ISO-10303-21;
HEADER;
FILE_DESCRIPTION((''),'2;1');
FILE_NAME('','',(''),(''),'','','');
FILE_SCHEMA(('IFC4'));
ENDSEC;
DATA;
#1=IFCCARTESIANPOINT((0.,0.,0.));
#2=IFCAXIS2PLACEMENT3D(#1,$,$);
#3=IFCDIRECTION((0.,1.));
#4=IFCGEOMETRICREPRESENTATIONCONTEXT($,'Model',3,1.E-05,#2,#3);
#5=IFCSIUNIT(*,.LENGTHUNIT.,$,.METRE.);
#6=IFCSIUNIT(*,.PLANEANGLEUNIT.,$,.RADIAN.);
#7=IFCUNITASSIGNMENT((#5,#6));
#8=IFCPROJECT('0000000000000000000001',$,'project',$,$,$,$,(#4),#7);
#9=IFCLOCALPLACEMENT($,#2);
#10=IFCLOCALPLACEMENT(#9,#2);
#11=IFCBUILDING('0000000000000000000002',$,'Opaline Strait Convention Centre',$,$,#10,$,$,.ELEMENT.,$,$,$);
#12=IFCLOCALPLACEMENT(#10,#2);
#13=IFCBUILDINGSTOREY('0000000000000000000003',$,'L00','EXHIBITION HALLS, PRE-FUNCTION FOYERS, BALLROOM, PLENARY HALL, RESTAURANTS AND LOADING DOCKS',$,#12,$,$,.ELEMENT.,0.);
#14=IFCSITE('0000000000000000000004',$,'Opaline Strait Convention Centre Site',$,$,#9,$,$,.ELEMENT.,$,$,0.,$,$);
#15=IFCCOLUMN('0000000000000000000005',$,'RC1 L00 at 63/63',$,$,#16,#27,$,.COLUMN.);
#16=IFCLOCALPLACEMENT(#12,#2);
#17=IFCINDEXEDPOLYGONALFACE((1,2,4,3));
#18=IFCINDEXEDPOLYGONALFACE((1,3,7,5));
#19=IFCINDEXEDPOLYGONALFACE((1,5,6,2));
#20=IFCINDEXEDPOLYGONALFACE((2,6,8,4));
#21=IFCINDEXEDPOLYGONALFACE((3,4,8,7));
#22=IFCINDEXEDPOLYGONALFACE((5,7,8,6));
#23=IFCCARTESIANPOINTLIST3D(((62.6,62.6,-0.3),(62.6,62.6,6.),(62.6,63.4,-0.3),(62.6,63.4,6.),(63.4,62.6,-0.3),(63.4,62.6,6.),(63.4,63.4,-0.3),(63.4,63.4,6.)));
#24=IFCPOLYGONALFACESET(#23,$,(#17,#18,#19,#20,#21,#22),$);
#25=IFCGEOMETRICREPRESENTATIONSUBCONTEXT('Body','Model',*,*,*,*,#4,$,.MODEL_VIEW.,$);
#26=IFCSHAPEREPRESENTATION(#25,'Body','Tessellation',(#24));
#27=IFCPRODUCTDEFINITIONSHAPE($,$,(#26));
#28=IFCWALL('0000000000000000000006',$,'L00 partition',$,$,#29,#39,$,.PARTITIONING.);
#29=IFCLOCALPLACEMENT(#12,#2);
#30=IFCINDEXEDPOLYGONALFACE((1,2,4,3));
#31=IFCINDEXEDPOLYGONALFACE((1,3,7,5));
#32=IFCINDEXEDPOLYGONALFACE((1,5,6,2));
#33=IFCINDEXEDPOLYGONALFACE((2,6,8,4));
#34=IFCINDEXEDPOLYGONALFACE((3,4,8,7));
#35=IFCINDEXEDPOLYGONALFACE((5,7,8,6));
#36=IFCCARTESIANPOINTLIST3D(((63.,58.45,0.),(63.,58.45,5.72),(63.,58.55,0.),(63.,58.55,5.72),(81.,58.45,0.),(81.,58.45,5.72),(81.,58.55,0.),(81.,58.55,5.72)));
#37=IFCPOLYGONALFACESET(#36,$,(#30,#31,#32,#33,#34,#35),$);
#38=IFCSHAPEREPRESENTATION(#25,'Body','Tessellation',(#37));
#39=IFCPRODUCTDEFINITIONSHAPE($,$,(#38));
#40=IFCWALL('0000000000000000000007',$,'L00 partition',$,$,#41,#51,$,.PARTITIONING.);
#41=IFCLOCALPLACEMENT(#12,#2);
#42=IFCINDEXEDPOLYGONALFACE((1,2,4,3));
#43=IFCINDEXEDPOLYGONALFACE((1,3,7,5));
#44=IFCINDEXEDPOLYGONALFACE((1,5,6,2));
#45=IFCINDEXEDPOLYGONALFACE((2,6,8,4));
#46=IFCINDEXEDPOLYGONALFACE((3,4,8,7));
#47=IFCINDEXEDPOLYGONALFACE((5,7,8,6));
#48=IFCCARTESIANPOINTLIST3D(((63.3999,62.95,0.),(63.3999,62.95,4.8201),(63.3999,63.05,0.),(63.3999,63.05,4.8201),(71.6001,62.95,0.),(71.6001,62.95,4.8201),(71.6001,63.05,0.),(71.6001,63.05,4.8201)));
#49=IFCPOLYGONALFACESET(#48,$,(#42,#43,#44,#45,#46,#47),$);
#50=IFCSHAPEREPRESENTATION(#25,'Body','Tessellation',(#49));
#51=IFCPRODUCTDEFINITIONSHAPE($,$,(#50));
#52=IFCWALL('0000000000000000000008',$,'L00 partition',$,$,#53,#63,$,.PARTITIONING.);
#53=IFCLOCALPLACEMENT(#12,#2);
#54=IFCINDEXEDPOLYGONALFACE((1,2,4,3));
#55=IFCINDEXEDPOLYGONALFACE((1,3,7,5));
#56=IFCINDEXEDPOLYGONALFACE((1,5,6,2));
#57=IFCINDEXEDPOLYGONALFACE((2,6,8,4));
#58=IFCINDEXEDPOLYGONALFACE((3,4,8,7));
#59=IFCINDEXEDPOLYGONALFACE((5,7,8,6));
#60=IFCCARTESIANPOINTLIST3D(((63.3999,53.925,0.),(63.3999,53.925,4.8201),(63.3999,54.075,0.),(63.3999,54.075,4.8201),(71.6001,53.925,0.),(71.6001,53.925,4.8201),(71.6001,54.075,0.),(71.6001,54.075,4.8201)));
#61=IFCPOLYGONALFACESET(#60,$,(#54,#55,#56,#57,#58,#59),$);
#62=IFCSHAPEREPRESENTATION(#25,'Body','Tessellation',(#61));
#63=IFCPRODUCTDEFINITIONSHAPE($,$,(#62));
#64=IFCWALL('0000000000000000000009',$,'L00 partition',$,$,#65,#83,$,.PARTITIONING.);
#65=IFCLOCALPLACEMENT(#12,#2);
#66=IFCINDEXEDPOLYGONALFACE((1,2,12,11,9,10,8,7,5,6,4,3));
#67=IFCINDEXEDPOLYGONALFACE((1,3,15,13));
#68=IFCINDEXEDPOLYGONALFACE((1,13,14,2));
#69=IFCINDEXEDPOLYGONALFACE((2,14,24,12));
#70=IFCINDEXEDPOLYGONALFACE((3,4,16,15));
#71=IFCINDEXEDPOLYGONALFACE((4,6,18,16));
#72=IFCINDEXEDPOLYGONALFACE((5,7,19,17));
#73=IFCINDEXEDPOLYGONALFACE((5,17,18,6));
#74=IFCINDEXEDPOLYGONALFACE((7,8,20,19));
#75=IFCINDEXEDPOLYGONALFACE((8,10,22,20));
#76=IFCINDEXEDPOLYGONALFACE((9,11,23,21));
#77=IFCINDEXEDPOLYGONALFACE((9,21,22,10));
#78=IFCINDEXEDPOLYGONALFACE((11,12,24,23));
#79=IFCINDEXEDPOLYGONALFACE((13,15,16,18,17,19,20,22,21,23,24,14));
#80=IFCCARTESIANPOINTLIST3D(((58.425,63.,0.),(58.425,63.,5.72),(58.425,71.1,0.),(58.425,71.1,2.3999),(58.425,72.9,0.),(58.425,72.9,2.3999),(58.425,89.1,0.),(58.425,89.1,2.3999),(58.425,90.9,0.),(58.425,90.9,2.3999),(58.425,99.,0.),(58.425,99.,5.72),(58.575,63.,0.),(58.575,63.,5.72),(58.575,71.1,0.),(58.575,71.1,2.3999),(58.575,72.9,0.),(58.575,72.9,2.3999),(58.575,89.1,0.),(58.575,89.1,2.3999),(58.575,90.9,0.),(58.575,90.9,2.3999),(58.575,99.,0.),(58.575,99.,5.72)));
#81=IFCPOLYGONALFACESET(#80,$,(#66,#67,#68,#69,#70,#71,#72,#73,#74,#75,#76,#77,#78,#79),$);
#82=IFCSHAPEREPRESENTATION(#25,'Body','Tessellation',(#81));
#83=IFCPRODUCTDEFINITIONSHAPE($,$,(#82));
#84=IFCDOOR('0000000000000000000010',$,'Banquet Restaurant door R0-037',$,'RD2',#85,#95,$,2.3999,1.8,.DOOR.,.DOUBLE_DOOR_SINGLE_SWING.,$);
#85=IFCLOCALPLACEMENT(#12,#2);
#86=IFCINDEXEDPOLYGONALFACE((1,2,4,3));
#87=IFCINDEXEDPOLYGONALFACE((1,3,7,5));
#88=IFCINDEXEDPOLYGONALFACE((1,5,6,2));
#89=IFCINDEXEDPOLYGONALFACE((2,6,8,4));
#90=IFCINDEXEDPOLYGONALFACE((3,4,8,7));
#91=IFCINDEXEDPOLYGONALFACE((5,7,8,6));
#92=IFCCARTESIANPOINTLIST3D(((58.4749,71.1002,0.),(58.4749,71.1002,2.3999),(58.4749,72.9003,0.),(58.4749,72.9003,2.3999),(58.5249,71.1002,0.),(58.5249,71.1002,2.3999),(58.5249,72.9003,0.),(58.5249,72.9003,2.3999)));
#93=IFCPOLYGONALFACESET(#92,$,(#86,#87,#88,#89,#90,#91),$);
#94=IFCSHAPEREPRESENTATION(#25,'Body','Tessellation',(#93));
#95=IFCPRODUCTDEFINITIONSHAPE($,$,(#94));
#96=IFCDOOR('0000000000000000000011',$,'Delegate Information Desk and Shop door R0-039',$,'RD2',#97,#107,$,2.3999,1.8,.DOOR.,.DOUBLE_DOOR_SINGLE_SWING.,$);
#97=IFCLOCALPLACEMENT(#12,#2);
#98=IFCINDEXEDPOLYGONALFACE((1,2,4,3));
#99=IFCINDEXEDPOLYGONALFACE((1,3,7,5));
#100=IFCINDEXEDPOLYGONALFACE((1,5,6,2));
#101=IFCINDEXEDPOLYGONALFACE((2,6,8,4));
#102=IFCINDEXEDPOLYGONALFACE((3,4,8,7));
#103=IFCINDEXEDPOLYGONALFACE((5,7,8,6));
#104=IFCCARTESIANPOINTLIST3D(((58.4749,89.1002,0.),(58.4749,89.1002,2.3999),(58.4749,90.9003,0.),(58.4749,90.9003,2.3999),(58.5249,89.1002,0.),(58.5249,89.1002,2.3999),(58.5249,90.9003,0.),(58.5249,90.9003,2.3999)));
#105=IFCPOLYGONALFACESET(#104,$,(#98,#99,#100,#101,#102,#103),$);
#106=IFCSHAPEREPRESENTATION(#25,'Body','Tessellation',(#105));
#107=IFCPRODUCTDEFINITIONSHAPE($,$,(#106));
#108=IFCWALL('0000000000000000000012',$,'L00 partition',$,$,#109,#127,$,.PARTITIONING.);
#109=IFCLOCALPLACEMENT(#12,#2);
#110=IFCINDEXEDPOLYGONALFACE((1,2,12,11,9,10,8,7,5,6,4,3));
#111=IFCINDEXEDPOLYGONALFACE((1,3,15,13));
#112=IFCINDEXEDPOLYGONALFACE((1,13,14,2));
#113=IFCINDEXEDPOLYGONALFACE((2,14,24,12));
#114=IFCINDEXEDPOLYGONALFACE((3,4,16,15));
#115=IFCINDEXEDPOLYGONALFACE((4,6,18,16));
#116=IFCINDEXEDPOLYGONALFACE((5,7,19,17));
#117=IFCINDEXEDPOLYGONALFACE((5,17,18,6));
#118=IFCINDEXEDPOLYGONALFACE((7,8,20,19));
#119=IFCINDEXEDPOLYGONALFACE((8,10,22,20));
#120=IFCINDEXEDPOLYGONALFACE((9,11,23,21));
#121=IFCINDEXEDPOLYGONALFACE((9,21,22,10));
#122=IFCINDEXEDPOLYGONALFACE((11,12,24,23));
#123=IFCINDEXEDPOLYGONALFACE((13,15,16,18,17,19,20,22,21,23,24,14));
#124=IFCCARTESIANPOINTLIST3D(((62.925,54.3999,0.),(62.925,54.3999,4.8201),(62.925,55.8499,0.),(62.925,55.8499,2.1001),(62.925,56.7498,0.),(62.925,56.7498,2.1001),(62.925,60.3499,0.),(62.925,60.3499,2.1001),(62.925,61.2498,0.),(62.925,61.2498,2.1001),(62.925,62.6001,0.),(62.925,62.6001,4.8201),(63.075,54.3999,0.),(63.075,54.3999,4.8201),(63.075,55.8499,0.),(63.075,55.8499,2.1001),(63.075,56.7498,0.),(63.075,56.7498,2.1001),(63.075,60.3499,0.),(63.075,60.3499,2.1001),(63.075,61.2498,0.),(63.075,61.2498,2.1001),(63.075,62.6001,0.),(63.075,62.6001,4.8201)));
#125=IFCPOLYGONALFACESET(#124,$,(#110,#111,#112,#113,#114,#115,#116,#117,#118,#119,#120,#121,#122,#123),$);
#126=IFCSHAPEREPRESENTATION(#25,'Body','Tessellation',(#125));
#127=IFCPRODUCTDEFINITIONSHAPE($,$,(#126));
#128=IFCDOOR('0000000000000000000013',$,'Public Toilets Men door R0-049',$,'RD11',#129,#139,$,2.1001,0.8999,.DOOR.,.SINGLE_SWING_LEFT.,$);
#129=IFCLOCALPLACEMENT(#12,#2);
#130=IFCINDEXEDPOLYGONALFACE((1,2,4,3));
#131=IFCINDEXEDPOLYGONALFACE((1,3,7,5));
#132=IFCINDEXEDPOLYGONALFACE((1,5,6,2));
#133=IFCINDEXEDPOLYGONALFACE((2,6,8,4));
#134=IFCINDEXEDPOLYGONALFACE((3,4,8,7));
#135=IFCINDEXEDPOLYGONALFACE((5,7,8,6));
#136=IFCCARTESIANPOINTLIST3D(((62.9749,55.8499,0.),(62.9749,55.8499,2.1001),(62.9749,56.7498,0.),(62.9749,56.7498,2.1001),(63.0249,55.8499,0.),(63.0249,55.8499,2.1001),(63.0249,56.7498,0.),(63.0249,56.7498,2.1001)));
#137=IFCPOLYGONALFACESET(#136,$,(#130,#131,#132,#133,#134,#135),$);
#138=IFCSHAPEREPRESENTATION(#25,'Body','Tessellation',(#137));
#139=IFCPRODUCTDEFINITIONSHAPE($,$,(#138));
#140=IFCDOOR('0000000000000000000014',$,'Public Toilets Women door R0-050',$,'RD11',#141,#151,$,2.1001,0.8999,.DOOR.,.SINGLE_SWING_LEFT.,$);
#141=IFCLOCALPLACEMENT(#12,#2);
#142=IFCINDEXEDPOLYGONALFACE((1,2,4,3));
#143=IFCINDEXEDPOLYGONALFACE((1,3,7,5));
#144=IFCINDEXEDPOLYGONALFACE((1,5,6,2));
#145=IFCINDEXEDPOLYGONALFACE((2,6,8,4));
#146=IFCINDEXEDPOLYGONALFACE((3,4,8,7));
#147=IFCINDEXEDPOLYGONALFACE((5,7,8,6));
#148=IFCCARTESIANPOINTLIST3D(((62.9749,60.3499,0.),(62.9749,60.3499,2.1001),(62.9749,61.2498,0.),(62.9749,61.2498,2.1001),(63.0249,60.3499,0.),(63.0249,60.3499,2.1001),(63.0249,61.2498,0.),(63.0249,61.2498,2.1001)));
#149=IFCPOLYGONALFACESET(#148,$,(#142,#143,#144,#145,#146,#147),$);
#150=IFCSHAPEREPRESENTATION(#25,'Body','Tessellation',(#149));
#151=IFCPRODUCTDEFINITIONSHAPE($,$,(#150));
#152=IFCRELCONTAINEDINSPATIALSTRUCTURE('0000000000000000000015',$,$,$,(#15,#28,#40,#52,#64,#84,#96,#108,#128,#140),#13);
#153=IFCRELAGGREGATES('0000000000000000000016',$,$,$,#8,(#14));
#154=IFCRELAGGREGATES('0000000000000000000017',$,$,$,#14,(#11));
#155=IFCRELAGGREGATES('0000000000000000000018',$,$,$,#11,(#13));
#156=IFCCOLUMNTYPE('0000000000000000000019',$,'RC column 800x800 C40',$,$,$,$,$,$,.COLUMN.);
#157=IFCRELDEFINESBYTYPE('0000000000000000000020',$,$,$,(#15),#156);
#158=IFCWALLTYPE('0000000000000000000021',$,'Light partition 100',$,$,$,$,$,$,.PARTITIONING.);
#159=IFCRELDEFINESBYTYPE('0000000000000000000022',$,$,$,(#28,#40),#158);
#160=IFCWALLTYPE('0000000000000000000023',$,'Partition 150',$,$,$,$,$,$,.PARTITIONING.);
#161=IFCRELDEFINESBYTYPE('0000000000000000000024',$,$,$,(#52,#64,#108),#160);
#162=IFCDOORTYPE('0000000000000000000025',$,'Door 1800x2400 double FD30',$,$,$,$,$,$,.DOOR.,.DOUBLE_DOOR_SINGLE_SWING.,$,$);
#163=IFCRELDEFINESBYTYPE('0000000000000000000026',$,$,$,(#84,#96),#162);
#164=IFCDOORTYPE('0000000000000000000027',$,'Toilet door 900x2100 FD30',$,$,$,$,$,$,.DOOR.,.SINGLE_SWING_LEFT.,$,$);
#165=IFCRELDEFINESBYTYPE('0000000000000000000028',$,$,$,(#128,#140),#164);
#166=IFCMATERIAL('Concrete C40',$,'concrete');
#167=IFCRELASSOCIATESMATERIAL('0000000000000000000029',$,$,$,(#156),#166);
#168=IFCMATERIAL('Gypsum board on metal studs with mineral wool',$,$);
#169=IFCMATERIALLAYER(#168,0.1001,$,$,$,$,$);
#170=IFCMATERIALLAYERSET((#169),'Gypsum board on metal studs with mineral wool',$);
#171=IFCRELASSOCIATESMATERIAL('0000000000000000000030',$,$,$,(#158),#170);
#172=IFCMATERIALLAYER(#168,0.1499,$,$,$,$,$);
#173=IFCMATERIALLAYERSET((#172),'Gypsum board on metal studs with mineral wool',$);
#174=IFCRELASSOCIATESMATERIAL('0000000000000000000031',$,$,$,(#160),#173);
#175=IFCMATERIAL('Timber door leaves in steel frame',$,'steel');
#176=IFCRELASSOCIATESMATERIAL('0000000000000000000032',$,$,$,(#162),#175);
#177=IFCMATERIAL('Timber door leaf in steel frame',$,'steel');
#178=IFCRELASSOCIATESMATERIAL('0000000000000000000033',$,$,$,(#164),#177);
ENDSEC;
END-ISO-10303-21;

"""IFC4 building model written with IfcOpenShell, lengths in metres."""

from ifc_helpers import new_model, si_unit, direction, frame, frame_2d, origin, origin_2d, place, context, subcontext, project, spatial, rectangle, extrude, material, layer, layer_set, material_profile, profile_set, type_object, element, fill, save


model = new_model("IFC4")

# Units and contexts
model_context = context("Model", 3, precision=1e-05, world=origin(), true_north=direction((0.0, 1.0)))
body_context = subcontext(model_context, "Body", "Model", "MODEL_VIEW")
ifc_project = project(units=[si_unit("LENGTHUNIT", "METRE"), si_unit("PLANEANGLEUNIT", "RADIAN")], contexts=[model_context])

# Site, building, storey
site_placement = place(None, origin())
site = spatial("IfcSite", under=ifc_project, at=site_placement, Name="Opaline Strait Convention Centre Site", CompositionType="ELEMENT", RefElevation=0.0)
building_placement = place(site_placement, origin())
building = spatial("IfcBuilding", under=site, at=building_placement, Name="Opaline Strait Convention Centre", CompositionType="ELEMENT")
storey_placement = place(building_placement, origin())
storey = spatial("IfcBuildingStorey", under=building, at=storey_placement, Name="L00", Description="EXHIBITION HALLS, PRE-FUNCTION FOYERS, BALLROOM, PLENARY HALL, RESTAURANTS AND LOADING DOCKS", CompositionType="ELEMENT", Elevation=0.0)

# Column
ifc_material_1 = material(Name="Concrete C40", Category="concrete")
ifc_material_profile_1 = material_profile(ifc_material_1, rectangle(XDim=0.8, YDim=0.8, at=origin_2d()), Name="RC 800x800")
ifc_profile_set_1 = profile_set([ifc_material_profile_1], Name="Concrete C40")
column_type = type_object("IfcColumnType", Name="RC column 800x800 C40", PredefinedType="COLUMN", material=ifc_profile_set_1)
for number, where, z_axis, x_axis, name in (
    (1, (63.0, 63.0, -0.3), (0.0, 0.0, 1.0), (1.0, 0.0, 0.0), "RC1 L00 at 63/63"),
):
    element("IfcColumn", number, at=place(storey_placement, frame(where, z_axis=z_axis, x_axis=x_axis)), inside=storey, type_object=column_type, Name=name, PredefinedType="COLUMN", context=body_context, shape_type="SweptSolid", body=[
        extrude(rectangle(XDim=0.8, YDim=0.8, at=origin_2d()), origin(), (0.0, 0.0, 1.0), 6.3),
    ])

# Walls
ifc_material_2 = material(Name="Gypsum board on metal studs with mineral wool")
ifc_layer_1 = layer(ifc_material_2, 0.1001)
ifc_layer_set_1 = layer_set([ifc_layer_1], Name="Gypsum board on metal studs with mineral wool")
wall_type_1 = type_object("IfcWallType", Name="Light partition 100", PredefinedType="PARTITIONING", material=ifc_layer_set_1)
wall_1_placement = place(storey_placement, frame((63.0, 58.5, 0.0), z_axis=(0.0, 0.0, 1.0), x_axis=(1.0, 0.0, 0.0)))
element("IfcWall", 2, at=wall_1_placement, inside=storey, type_object=wall_type_1, Name="L00 partition", PredefinedType="PARTITIONING", context=body_context, shape_type="SweptSolid", body=[
    extrude(rectangle(XDim=18.0, YDim=0.1001, at=frame_2d((9.0, 0.0))), origin(), (0.0, 0.0, 1.0), 5.72),
])
wall_2_placement = place(storey_placement, frame((63.3999, 63.0, 0.0), z_axis=(0.0, 0.0, 1.0), x_axis=(1.0, 0.0, 0.0)))
element("IfcWall", 3, at=wall_2_placement, inside=storey, type_object=wall_type_1, Name="L00 partition", PredefinedType="PARTITIONING", context=body_context, shape_type="SweptSolid", body=[
    extrude(rectangle(XDim=8.2002, YDim=0.1001, at=frame_2d((4.1001, 0.0))), origin(), (0.0, 0.0, 1.0), 4.8201),
])
ifc_layer_2 = layer(ifc_material_2, 0.1499)
ifc_layer_set_2 = layer_set([ifc_layer_2], Name="Gypsum board on metal studs with mineral wool")
wall_type_2 = type_object("IfcWallType", Name="Partition 150", PredefinedType="PARTITIONING", material=ifc_layer_set_2)
wall_3_placement = place(storey_placement, frame((63.3999, 54.0, 0.0), z_axis=(0.0, 0.0, 1.0), x_axis=(1.0, 0.0, 0.0)))
element("IfcWall", 4, at=wall_3_placement, inside=storey, type_object=wall_type_2, Name="L00 partition", PredefinedType="PARTITIONING", context=body_context, shape_type="SweptSolid", body=[
    extrude(rectangle(XDim=8.2002, YDim=0.1499, at=frame_2d((4.1001, 0.0))), origin(), (0.0, 0.0, 1.0), 4.8201),
])

# Walls, openings, doors
wall_4_placement = place(storey_placement, frame((58.5, 63.0, 0.0), z_axis=(0.0, 0.0, 1.0), x_axis=(0.0, 1.0, 0.0)))
wall_4 = element("IfcWall", 5, at=wall_4_placement, inside=storey, type_object=wall_type_2, Name="L00 partition", PredefinedType="PARTITIONING", context=body_context, shape_type="SweptSolid", body=[
    extrude(rectangle(XDim=36.0, YDim=0.1499, at=frame_2d((18.0, 0.0))), origin(), (0.0, 0.0, 1.0), 5.72),
])
opening_1_placement = place(wall_4_placement, frame((8.1001, 0.0, 0.0)))
opening_1 = element("IfcOpeningElement", 6, at=opening_1_placement, cuts=wall_4, PredefinedType="OPENING", context=body_context, shape_type="SweptSolid", body=[
    extrude(rectangle(XDim=1.8, YDim=2.3999, at=frame_2d((0.8999, 1.2))), frame((0.0, 0.085, 0.0), z_axis=(0.0, -1.0, 0.0), x_axis=(1.0, 0.0, 0.0)), (0.0, 0.0, 1.0), 0.1699),
])
opening_2_placement = place(wall_4_placement, frame((26.1001, 0.0, 0.0)))
opening_2 = element("IfcOpeningElement", 7, at=opening_2_placement, cuts=wall_4, PredefinedType="OPENING", context=body_context, shape_type="SweptSolid", body=[
    extrude(rectangle(XDim=1.8, YDim=2.3999, at=frame_2d((0.8999, 1.2))), frame((0.0, 0.085, 0.0), z_axis=(0.0, -1.0, 0.0), x_axis=(1.0, 0.0, 0.0)), (0.0, 0.0, 1.0), 0.1699),
])
ifc_material_3 = material(Name="Timber door leaves in steel frame", Category="steel")
door_type_1 = type_object("IfcDoorType", Name="Door 1800x2400 double FD30", OperationType="DOUBLE_DOOR_SINGLE_SWING", PredefinedType="DOOR", material=ifc_material_3)
door_1_placement = place(opening_1_placement, frame((1.8, 0.0, 0.0), z_axis=(0.0, 0.0, 1.0), x_axis=(-1.0, 0.0, 0.0)))
door_1 = element("IfcDoor", 8, at=door_1_placement, inside=storey, type_object=door_type_1, Name="Banquet Restaurant door R0-037", ObjectType="RD2", OperationType="DOUBLE_DOOR_SINGLE_SWING", OverallHeight=2.3999, OverallWidth=1.8, PredefinedType="DOOR", context=body_context, shape_type="SweptSolid", body=[
    extrude(rectangle(XDim=1.8, YDim=2.3999, at=frame_2d((0.8999, 1.2))), frame((0.0, 0.0249, 0.0), z_axis=(0.0, -1.0, 0.0), x_axis=(1.0, 0.0, 0.0)), (0.0, 0.0, 1.0), 0.05),
])
fill(opening_1, door_1)
door_2_placement = place(opening_2_placement, frame((1.8, 0.0, 0.0), z_axis=(0.0, 0.0, 1.0), x_axis=(-1.0, 0.0, 0.0)))
door_2 = element("IfcDoor", 9, at=door_2_placement, inside=storey, type_object=door_type_1, Name="Delegate Information Desk and Shop door R0-039", ObjectType="RD2", OperationType="DOUBLE_DOOR_SINGLE_SWING", OverallHeight=2.3999, OverallWidth=1.8, PredefinedType="DOOR", context=body_context, shape_type="SweptSolid", body=[
    extrude(rectangle(XDim=1.8, YDim=2.3999, at=frame_2d((0.8999, 1.2))), frame((0.0, 0.0249, 0.0), z_axis=(0.0, -1.0, 0.0), x_axis=(1.0, 0.0, 0.0)), (0.0, 0.0, 1.0), 0.05),
])
fill(opening_2, door_2)
wall_5_placement = place(storey_placement, frame((63.0, 54.3999, 0.0), z_axis=(0.0, 0.0, 1.0), x_axis=(0.0, 1.0, 0.0)))
wall_5 = element("IfcWall", 10, at=wall_5_placement, inside=storey, type_object=wall_type_2, Name="L00 partition", PredefinedType="PARTITIONING", context=body_context, shape_type="SweptSolid", body=[
    extrude(rectangle(XDim=8.2002, YDim=0.1499, at=frame_2d((4.1001, 0.0))), origin(), (0.0, 0.0, 1.0), 4.8201),
])
opening_3_placement = place(wall_5_placement, frame((1.45, 0.0, 0.0)))
opening_3 = element("IfcOpeningElement", 11, at=opening_3_placement, cuts=wall_5, PredefinedType="OPENING", context=body_context, shape_type="SweptSolid", body=[
    extrude(rectangle(XDim=0.8999, YDim=2.1001, at=frame_2d((0.45, 1.05))), frame((0.0, 0.085, 0.0), z_axis=(0.0, -1.0, 0.0), x_axis=(1.0, 0.0, 0.0)), (0.0, 0.0, 1.0), 0.1699),
])
opening_4_placement = place(wall_5_placement, frame((5.95, 0.0, 0.0)))
opening_4 = element("IfcOpeningElement", 12, at=opening_4_placement, cuts=wall_5, PredefinedType="OPENING", context=body_context, shape_type="SweptSolid", body=[
    extrude(rectangle(XDim=0.8999, YDim=2.1001, at=frame_2d((0.45, 1.05))), frame((0.0, 0.085, 0.0), z_axis=(0.0, -1.0, 0.0), x_axis=(1.0, 0.0, 0.0)), (0.0, 0.0, 1.0), 0.1699),
])
ifc_material_4 = material(Name="Timber door leaf in steel frame", Category="steel")
door_type_2 = type_object("IfcDoorType", Name="Toilet door 900x2100 FD30", OperationType="SINGLE_SWING_LEFT", PredefinedType="DOOR", material=ifc_material_4)
door_3_placement = place(opening_3_placement, frame((0.8999, 0.0, 0.0), z_axis=(0.0, 0.0, 1.0), x_axis=(-1.0, 0.0, 0.0)))
door_3 = element("IfcDoor", 13, at=door_3_placement, inside=storey, type_object=door_type_2, Name="Public Toilets Men door R0-049", ObjectType="RD11", OperationType="SINGLE_SWING_LEFT", OverallHeight=2.1001, OverallWidth=0.8999, PredefinedType="DOOR", context=body_context, shape_type="SweptSolid", body=[
    extrude(rectangle(XDim=0.8999, YDim=2.1001, at=frame_2d((0.45, 1.05))), frame((0.0, 0.0249, 0.0), z_axis=(0.0, -1.0, 0.0), x_axis=(1.0, 0.0, 0.0)), (0.0, 0.0, 1.0), 0.05),
])
fill(opening_3, door_3)
door_4_placement = place(opening_4_placement, frame((0.8999, 0.0, 0.0), z_axis=(0.0, 0.0, 1.0), x_axis=(-1.0, 0.0, 0.0)))
door_4 = element("IfcDoor", 14, at=door_4_placement, inside=storey, type_object=door_type_2, Name="Public Toilets Women door R0-050", ObjectType="RD11", OperationType="SINGLE_SWING_LEFT", OverallHeight=2.1001, OverallWidth=0.8999, PredefinedType="DOOR", context=body_context, shape_type="SweptSolid", body=[
    extrude(rectangle(XDim=0.8999, YDim=2.1001, at=frame_2d((0.45, 1.05))), frame((0.0, 0.0249, 0.0), z_axis=(0.0, -1.0, 0.0), x_axis=(1.0, 0.0, 0.0)), (0.0, 0.0, 1.0), 0.05),
])
fill(opening_4, door_4)

save(model, "model.ifc")
